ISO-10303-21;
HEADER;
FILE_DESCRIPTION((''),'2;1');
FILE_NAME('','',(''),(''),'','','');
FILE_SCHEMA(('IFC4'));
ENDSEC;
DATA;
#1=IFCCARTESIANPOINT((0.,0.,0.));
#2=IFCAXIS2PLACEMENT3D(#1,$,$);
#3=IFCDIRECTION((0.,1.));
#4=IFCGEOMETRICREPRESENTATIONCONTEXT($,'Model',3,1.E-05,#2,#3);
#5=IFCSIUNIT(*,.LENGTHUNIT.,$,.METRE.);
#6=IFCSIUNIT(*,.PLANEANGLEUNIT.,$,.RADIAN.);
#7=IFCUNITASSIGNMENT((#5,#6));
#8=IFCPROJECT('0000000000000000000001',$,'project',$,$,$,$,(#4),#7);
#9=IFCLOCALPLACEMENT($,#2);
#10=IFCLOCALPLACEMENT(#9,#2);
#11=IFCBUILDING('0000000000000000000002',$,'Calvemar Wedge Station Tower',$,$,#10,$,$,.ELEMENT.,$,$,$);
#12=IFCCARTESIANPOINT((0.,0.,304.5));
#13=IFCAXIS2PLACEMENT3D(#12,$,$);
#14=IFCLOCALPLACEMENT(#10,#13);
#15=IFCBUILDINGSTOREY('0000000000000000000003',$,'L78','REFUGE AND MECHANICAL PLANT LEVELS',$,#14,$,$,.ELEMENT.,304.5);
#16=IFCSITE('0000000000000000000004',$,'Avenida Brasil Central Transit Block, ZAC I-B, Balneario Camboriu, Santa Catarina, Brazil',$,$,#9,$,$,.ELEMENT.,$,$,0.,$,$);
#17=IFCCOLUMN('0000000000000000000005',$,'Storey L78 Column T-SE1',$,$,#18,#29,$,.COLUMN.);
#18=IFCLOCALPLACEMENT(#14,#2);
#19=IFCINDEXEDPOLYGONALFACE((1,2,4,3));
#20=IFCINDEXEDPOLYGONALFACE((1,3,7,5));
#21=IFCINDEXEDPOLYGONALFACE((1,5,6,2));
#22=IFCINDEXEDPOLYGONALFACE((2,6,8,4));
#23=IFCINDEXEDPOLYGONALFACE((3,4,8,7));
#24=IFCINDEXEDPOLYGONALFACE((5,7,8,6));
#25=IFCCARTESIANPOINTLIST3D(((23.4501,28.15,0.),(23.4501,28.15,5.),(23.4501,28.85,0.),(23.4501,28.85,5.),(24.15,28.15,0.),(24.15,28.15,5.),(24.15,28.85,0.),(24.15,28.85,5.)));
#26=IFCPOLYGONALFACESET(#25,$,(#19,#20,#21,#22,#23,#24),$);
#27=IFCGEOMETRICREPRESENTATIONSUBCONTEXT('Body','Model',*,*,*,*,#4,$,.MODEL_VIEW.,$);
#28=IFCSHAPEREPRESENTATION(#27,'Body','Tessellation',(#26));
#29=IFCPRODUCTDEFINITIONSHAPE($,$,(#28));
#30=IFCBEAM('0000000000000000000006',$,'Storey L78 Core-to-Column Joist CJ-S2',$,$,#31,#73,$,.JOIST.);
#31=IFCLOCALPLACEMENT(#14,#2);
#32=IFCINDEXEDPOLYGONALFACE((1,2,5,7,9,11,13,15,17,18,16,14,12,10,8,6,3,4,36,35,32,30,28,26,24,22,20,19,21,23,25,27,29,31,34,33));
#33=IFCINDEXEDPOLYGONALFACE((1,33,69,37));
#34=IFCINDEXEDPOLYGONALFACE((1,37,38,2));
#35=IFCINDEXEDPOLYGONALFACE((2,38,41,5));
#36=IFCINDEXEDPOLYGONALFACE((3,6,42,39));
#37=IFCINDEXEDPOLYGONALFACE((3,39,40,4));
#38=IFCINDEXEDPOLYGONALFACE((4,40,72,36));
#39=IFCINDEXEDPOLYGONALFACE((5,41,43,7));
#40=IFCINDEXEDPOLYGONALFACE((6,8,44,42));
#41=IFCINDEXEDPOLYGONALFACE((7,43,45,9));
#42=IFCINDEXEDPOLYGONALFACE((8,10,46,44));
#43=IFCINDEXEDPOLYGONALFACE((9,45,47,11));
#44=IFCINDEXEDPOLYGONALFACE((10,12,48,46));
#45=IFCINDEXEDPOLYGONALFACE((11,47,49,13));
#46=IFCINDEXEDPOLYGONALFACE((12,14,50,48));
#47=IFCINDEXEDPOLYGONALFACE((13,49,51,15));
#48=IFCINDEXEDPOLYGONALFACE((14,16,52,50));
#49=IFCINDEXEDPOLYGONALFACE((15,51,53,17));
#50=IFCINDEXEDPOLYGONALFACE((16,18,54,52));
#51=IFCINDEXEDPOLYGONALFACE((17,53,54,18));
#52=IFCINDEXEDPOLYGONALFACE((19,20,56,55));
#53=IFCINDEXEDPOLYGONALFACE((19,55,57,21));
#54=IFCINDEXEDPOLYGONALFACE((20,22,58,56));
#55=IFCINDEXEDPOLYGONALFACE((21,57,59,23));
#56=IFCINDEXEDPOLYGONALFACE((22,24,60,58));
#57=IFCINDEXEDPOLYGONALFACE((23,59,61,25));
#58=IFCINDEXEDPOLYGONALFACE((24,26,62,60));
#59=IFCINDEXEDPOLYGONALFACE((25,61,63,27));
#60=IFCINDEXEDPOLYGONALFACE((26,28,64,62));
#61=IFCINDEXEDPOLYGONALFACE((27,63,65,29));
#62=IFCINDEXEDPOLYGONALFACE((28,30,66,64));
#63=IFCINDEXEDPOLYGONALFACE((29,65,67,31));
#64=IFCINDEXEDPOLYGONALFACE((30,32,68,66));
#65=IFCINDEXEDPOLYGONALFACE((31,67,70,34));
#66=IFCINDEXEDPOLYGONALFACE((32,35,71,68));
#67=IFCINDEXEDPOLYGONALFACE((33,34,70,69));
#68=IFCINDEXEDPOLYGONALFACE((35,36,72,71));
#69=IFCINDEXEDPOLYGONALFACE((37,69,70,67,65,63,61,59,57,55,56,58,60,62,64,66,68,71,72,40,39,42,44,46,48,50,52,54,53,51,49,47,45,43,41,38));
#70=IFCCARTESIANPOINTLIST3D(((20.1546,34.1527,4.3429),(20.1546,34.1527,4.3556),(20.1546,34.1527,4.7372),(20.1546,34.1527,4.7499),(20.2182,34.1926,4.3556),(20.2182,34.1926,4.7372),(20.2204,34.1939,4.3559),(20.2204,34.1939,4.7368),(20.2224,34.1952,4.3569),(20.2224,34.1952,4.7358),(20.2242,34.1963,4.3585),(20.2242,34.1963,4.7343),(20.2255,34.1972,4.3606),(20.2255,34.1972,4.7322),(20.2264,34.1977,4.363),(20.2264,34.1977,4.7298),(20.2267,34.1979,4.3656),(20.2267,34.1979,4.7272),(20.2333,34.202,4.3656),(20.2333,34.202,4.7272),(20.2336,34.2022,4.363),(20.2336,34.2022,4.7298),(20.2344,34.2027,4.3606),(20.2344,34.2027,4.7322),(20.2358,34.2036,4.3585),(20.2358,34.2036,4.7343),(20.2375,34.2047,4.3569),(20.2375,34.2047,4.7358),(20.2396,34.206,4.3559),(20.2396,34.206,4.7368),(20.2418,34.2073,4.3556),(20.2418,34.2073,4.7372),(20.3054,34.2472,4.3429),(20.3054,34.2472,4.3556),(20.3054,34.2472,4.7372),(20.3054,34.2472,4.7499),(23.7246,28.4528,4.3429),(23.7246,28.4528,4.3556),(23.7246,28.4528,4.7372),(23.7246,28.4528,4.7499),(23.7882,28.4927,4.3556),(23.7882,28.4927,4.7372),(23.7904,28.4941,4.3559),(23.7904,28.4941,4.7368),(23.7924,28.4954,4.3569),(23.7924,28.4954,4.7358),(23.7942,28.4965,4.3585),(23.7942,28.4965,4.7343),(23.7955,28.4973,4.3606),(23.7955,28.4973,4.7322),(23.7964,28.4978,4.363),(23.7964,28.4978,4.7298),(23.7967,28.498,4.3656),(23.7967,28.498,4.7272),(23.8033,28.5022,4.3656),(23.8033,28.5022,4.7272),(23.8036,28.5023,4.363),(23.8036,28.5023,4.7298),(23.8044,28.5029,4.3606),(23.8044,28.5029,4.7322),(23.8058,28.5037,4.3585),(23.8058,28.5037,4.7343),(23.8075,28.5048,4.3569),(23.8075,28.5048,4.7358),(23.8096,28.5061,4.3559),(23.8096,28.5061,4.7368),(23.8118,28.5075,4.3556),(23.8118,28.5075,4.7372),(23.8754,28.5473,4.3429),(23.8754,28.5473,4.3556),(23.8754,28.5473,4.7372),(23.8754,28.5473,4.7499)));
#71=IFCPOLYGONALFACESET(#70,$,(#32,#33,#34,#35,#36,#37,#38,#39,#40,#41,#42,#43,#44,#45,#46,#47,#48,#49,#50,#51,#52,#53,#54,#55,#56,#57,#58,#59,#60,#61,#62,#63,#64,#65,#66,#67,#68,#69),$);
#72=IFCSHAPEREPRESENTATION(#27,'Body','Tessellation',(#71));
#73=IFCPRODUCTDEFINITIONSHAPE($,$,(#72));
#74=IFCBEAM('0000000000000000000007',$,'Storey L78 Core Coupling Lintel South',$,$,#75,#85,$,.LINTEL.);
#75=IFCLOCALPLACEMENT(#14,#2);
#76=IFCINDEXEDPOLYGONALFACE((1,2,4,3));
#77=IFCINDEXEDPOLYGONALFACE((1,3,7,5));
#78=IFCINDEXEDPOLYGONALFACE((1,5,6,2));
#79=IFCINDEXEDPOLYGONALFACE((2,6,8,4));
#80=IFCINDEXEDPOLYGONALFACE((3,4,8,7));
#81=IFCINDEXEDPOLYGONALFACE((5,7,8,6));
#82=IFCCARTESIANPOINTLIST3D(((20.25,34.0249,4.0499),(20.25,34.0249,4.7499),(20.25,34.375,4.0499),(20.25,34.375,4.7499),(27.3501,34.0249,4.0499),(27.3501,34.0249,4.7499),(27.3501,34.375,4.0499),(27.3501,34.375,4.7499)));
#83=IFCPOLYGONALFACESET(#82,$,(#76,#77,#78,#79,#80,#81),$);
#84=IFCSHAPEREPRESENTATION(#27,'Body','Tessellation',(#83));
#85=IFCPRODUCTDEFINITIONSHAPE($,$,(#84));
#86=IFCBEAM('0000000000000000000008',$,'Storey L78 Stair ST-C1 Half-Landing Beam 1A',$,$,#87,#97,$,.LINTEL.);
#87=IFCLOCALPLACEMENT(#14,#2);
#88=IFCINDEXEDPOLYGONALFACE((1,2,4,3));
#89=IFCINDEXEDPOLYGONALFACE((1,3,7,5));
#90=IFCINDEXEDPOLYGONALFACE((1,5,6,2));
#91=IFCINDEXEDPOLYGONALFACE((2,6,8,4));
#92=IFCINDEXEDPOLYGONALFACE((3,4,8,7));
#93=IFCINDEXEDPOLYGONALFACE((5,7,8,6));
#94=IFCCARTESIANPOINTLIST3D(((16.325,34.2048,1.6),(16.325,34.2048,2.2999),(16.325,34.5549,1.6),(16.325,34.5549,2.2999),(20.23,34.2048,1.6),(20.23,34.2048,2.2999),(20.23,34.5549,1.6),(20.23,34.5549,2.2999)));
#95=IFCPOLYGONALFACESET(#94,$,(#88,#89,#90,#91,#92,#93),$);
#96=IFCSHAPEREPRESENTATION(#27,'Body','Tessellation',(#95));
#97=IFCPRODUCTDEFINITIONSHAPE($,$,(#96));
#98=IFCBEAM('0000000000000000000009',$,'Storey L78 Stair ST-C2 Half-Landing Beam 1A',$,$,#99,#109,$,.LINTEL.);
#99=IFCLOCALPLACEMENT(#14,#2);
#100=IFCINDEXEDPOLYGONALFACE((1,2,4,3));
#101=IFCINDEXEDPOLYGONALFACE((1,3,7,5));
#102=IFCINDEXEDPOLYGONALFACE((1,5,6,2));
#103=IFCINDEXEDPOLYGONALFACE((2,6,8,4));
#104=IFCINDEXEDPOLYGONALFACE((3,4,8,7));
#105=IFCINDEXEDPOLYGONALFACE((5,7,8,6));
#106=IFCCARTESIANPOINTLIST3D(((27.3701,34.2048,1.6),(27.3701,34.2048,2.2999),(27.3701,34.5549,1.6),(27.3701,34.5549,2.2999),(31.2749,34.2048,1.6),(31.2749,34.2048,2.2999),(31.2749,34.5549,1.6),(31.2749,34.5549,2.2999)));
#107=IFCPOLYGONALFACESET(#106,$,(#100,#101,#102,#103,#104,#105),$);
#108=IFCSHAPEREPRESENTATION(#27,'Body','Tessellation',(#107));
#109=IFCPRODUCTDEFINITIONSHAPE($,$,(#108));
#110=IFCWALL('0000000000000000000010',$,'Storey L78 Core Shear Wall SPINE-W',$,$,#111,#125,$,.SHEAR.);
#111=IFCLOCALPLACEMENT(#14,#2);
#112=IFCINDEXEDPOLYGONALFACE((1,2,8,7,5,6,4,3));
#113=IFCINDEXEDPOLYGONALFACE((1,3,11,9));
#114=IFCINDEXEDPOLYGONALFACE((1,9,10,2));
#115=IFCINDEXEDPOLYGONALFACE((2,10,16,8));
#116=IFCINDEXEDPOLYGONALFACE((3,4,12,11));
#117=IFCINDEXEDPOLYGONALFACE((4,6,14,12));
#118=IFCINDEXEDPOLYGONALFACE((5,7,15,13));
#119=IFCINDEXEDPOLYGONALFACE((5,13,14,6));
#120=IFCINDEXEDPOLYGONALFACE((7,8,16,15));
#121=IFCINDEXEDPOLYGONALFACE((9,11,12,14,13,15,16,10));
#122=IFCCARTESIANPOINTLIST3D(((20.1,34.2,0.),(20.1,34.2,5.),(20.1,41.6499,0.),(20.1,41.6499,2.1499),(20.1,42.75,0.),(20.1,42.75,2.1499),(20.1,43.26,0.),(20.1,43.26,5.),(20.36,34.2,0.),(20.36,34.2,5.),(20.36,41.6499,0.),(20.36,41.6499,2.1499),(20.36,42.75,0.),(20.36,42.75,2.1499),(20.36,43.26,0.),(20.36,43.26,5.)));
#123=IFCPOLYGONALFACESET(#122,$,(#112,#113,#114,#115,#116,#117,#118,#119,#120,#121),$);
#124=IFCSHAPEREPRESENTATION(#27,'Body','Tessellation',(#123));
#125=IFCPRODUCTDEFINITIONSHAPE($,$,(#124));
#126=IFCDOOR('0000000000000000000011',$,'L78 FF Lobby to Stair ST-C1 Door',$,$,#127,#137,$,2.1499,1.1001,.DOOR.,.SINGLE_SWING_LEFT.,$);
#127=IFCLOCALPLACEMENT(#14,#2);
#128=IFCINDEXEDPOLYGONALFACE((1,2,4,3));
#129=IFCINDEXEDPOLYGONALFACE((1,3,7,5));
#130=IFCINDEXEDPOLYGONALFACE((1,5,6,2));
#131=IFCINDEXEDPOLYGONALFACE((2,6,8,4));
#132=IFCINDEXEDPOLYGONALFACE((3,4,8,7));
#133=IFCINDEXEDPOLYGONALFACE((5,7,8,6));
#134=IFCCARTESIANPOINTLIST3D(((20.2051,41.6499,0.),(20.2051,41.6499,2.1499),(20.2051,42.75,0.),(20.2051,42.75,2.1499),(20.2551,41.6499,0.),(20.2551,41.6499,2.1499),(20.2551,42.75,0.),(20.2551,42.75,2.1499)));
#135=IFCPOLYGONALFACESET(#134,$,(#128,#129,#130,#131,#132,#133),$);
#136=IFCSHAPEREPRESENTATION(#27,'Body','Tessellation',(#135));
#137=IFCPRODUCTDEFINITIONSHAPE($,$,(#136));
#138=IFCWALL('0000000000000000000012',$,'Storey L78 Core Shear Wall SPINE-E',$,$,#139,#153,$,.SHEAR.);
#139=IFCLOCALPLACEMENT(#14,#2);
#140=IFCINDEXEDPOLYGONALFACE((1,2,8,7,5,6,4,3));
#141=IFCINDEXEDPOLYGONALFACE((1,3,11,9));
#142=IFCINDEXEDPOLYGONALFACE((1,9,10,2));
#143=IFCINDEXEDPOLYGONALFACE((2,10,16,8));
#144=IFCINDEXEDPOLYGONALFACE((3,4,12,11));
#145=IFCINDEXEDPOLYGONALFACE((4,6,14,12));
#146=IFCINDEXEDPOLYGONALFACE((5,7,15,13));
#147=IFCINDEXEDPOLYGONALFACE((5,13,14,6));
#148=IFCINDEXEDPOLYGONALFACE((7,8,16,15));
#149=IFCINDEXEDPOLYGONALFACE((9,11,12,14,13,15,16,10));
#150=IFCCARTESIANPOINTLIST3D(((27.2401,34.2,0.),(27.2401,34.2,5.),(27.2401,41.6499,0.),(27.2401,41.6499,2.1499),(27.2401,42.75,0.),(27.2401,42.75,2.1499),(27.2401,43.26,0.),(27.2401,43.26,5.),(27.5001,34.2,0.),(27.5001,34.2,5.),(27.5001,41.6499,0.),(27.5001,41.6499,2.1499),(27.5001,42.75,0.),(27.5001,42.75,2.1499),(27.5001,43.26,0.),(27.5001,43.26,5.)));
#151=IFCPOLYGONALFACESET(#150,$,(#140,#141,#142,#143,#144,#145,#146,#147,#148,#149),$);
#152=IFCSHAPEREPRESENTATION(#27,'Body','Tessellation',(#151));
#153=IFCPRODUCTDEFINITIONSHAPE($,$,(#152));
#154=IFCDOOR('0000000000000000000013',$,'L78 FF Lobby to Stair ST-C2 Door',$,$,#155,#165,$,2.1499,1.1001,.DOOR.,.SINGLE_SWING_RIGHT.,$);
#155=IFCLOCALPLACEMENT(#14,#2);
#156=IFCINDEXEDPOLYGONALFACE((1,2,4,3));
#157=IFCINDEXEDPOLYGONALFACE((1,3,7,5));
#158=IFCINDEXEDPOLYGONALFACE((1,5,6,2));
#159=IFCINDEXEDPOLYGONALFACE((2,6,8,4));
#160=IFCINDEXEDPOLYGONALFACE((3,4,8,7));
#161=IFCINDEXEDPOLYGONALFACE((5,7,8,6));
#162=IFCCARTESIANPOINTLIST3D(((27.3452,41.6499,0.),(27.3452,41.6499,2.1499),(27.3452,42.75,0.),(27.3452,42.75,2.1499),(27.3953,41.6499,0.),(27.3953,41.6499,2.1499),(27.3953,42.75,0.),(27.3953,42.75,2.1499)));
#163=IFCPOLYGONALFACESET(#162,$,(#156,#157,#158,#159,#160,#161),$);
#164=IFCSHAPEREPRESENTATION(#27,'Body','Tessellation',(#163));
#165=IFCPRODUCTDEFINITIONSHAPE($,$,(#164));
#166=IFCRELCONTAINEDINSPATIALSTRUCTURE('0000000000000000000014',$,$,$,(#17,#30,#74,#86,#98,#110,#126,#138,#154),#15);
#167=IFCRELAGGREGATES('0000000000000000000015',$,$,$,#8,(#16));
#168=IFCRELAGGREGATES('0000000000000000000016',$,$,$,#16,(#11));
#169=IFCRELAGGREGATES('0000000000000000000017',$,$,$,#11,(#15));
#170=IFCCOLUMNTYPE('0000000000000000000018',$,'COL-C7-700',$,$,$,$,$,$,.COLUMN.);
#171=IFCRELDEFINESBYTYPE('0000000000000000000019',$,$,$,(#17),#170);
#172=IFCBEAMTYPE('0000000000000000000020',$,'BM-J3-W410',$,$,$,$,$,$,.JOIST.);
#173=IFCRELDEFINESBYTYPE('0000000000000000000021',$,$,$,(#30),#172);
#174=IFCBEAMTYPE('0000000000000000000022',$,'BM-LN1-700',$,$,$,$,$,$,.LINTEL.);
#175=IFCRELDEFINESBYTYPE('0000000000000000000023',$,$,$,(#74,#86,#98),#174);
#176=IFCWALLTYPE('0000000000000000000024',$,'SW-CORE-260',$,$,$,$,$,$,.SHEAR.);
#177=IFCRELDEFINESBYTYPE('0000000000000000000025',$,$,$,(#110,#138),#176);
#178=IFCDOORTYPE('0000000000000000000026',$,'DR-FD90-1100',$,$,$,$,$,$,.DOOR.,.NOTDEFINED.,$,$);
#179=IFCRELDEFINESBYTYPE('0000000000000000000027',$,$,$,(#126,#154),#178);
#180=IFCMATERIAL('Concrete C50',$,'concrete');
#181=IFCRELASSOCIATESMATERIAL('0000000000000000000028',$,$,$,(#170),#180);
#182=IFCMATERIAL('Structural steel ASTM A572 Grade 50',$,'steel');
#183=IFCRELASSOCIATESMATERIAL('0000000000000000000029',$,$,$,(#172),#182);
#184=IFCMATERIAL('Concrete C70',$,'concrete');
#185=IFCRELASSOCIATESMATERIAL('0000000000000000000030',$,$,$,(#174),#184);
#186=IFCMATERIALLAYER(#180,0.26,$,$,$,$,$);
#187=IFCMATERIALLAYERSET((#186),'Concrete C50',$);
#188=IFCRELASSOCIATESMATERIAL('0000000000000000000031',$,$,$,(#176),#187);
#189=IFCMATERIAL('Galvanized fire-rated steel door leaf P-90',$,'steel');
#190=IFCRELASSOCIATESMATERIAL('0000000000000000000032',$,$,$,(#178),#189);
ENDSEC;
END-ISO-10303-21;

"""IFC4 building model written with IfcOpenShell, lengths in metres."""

from ifc_helpers import new_model, si_unit, direction, frame, frame_2d, origin, origin_2d, place, context, subcontext, project, spatial, rectangle, i_section, extrude, source, transform, mapped, material, layer, layer_set, material_profile, profile_set, type_object, element, fill, save


model = new_model("IFC4")

# Units and contexts
model_context = context("Model", 3, precision=1e-05, world=origin(), true_north=direction((0.0, 1.0)))
body_context = subcontext(model_context, "Body", "Model", "MODEL_VIEW")
ifc_project = project(units=[si_unit("LENGTHUNIT", "METRE"), si_unit("PLANEANGLEUNIT", "RADIAN")], contexts=[model_context])

# Site, building, storey
site_placement = place(None, origin())
site = spatial("IfcSite", under=ifc_project, at=site_placement, Name="Avenida Brasil Central Transit Block, ZAC I-B, Balneario Camboriu, Santa Catarina, Brazil", CompositionType="ELEMENT", RefElevation=0.0)
building_placement = place(site_placement, origin())
building = spatial("IfcBuilding", under=site, at=building_placement, Name="Calvemar Wedge Station Tower", CompositionType="ELEMENT")
storey_placement = place(building_placement, frame((0.0, 0.0, 304.5)))
storey = spatial("IfcBuildingStorey", under=building, at=storey_placement, Name="L78", Description="REFUGE AND MECHANICAL PLANT LEVELS", CompositionType="ELEMENT", Elevation=304.5)

# Column
ifc_material_1 = material(Name="Concrete C50", Category="concrete")
ifc_material_profile_1 = material_profile(ifc_material_1, rectangle(XDim=0.7, YDim=0.7, at=origin_2d()), Name="RC700x700")
ifc_profile_set_1 = profile_set([ifc_material_profile_1], Name="Concrete C50")
column_type = type_object("IfcColumnType", Name="COL-C7-700", PredefinedType="COLUMN", material=ifc_profile_set_1)
shared_shape_1 = source(origin(), body_context, "Body", "SweptSolid", [
    extrude(rectangle(XDim=0.7, YDim=0.7, at=origin_2d()), origin(), (0.0, 0.0, 1.0), 5.0),
])
column_placement = place(storey_placement, frame((23.8, 28.5, 0.0), z_axis=(0.0, 0.0, 1.0), x_axis=(1.0, 0.0, 0.0)))
element("IfcColumn", 1, at=column_placement, inside=storey, type_object=column_type, Name="Storey L78 Column T-SE1", PredefinedType="COLUMN", context=body_context, shape_type="MappedRepresentation", body=[
    mapped(shared_shape_1, transform((0.0, 0.0, 0.0), scale=1.0)),
])

# Beams
ifc_material_2 = material(Name="Structural steel ASTM A572 Grade 50", Category="steel")
ifc_material_profile_2 = material_profile(ifc_material_2, i_section(OverallWidth=0.178, OverallDepth=0.407, WebThickness=0.0078, FlangeThickness=0.0127, FilletRadius=0.01, at=origin_2d()), Name="W410x60")
ifc_profile_set_2 = profile_set([ifc_material_profile_2], Name="Structural steel ASTM A572 Grade 50")
beam_type_1 = type_object("IfcBeamType", Name="BM-J3-W410", PredefinedType="JOIST", material=ifc_profile_set_2)
shared_shape_2 = source(origin(), body_context, "Body", "SweptSolid", [
    extrude(i_section(OverallWidth=0.178, OverallDepth=0.407, WebThickness=0.0078, FlangeThickness=0.0127, FilletRadius=0.01, at=origin_2d()), origin(), (0.0, 0.0, 1.0), 6.7256),
])
beam_1_placement = place(storey_placement, frame((20.23, 34.2, 4.5464), z_axis=(0.530811, -0.84749, 0.0), x_axis=(0.84749, 0.530811, 0.0)))
element("IfcBeam", 2, at=beam_1_placement, inside=storey, type_object=beam_type_1, Name="Storey L78 Core-to-Column Joist CJ-S2", PredefinedType="JOIST", context=body_context, shape_type="MappedRepresentation", body=[
    mapped(shared_shape_2, transform((0.0, 0.0, 0.0), scale=1.0)),
])
ifc_material_3 = material(Name="Concrete C70", Category="concrete")
ifc_material_profile_3 = material_profile(ifc_material_3, rectangle(XDim=0.3501, YDim=0.7, at=origin_2d()), Name="RC350x700")
ifc_profile_set_3 = profile_set([ifc_material_profile_3], Name="Concrete C70")
beam_type_2 = type_object("IfcBeamType", Name="BM-LN1-700", PredefinedType="LINTEL", material=ifc_profile_set_3)
shared_shape_3 = source(origin(), body_context, "Body", "SweptSolid", [
    extrude(rectangle(XDim=0.3501, YDim=0.7, at=origin_2d()), origin(), (0.0, 0.0, 1.0), 7.1001),
])
beam_2_placement = place(storey_placement, frame((20.25, 34.2, 4.3999), z_axis=(1.0, 0.0, 0.0), x_axis=(0.0, 1.0, 0.0)))
element("IfcBeam", 3, at=beam_2_placement, inside=storey, type_object=beam_type_2, Name="Storey L78 Core Coupling Lintel South", PredefinedType="LINTEL", context=body_context, shape_type="MappedRepresentation", body=[
    mapped(shared_shape_3, transform((0.0, 0.0, 0.0), scale=1.0)),
])
shared_shape_4 = source(origin(), body_context, "Body", "SweptSolid", [
    extrude(rectangle(XDim=0.3501, YDim=0.7, at=origin_2d()), origin(), (0.0, 0.0, 1.0), 3.905),
])
beam_3_placement = place(storey_placement, frame((16.325, 34.3799, 1.95), z_axis=(1.0, 0.0, 0.0), x_axis=(0.0, 1.0, 0.0)))
element("IfcBeam", 4, at=beam_3_placement, inside=storey, type_object=beam_type_2, Name="Storey L78 Stair ST-C1 Half-Landing Beam 1A", PredefinedType="LINTEL", context=body_context, shape_type="MappedRepresentation", body=[
    mapped(shared_shape_4, transform((0.0, 0.0, 0.0), scale=1.0)),
])
shared_shape_5 = source(origin(), body_context, "Body", "SweptSolid", [
    extrude(rectangle(XDim=0.3501, YDim=0.7, at=origin_2d()), origin(), (0.0, 0.0, 1.0), 3.9048),
])
beam_4_placement = place(storey_placement, frame((27.3701, 34.3799, 1.95), z_axis=(1.0, 0.0, 0.0), x_axis=(0.0, 1.0, 0.0)))
element("IfcBeam", 5, at=beam_4_placement, inside=storey, type_object=beam_type_2, Name="Storey L78 Stair ST-C2 Half-Landing Beam 1A", PredefinedType="LINTEL", context=body_context, shape_type="MappedRepresentation", body=[
    mapped(shared_shape_5, transform((0.0, 0.0, 0.0), scale=1.0)),
])

# Walls, openings, doors
ifc_layer_1 = layer(ifc_material_1, 0.26)
ifc_layer_set_1 = layer_set([ifc_layer_1], Name="Concrete C50")
wall_type_1 = type_object("IfcWallType", Name="SW-CORE-260", PredefinedType="SHEAR", material=ifc_layer_set_1)
wall_1_placement = place(storey_placement, frame((20.23, 34.2, 0.0), z_axis=(0.0, 0.0, 1.0), x_axis=(0.0, 1.0, 0.0)))
wall_1 = element("IfcWall", 6, at=wall_1_placement, inside=storey, type_object=wall_type_1, Name="Storey L78 Core Shear Wall SPINE-W", PredefinedType="SHEAR", context=body_context, shape_type="SweptSolid", body=[
    extrude(rectangle(XDim=9.0601, YDim=0.26, at=frame_2d((4.53, 0.0))), origin(), (0.0, 0.0, 1.0), 5.0),
])
shared_shape_6 = source(origin(), body_context, "Body", "SweptSolid", [
    extrude(rectangle(XDim=1.1001, YDim=2.1499, at=frame_2d((0.55, 1.075))), frame((0.0, 0.1401, 0.0), z_axis=(0.0, -1.0, 0.0), x_axis=(1.0, 0.0, 0.0)), (0.0, 0.0, 1.0), 0.28),
])
opening_1_placement = place(wall_1_placement, frame((7.45, 0.0, 0.0)))
opening_1 = element("IfcOpeningElement", 7, at=opening_1_placement, cuts=wall_1, PredefinedType="OPENING", context=body_context, shape_type="MappedRepresentation", body=[
    mapped(shared_shape_6, transform((0.0, 0.0, 0.0), scale=1.0)),
])
ifc_material_4 = material(Name="Galvanized fire-rated steel door leaf P-90", Category="steel")
door_type = type_object("IfcDoorType", Name="DR-FD90-1100", OperationType="NOTDEFINED", PredefinedType="DOOR", material=ifc_material_4)
shared_shape_7 = source(origin(), body_context, "Body", "SweptSolid", [
    extrude(rectangle(XDim=1.1001, YDim=2.1499, at=frame_2d((0.55, 1.075))), frame((0.0, 0.0249, 0.0), z_axis=(0.0, -1.0, 0.0), x_axis=(1.0, 0.0, 0.0)), (0.0, 0.0, 1.0), 0.05),
])
door_1_placement = place(opening_1_placement, origin())
door_1 = element("IfcDoor", 8, at=door_1_placement, inside=storey, type_object=door_type, Name="L78 FF Lobby to Stair ST-C1 Door", OperationType="SINGLE_SWING_LEFT", OverallHeight=2.1499, OverallWidth=1.1001, PredefinedType="DOOR", context=body_context, shape_type="MappedRepresentation", body=[
    mapped(shared_shape_7, transform((0.0, 0.0, 0.0), scale=1.0)),
])
fill(opening_1, door_1)
wall_2_placement = place(storey_placement, frame((27.3701, 34.2, 0.0), z_axis=(0.0, 0.0, 1.0), x_axis=(0.0, 1.0, 0.0)))
wall_2 = element("IfcWall", 9, at=wall_2_placement, inside=storey, type_object=wall_type_1, Name="Storey L78 Core Shear Wall SPINE-E", PredefinedType="SHEAR", context=body_context, shape_type="SweptSolid", body=[
    extrude(rectangle(XDim=9.0601, YDim=0.26, at=frame_2d((4.53, 0.0))), origin(), (0.0, 0.0, 1.0), 5.0),
])
opening_2_placement = place(wall_2_placement, frame((7.45, 0.0, 0.0)))
opening_2 = element("IfcOpeningElement", 10, at=opening_2_placement, cuts=wall_2, PredefinedType="OPENING", context=body_context, shape_type="MappedRepresentation", body=[
    mapped(shared_shape_6, transform((0.0, 0.0, 0.0), scale=1.0)),
])
door_2_placement = place(opening_2_placement, origin())
door_2 = element("IfcDoor", 11, at=door_2_placement, inside=storey, type_object=door_type, Name="L78 FF Lobby to Stair ST-C2 Door", OperationType="SINGLE_SWING_RIGHT", OverallHeight=2.1499, OverallWidth=1.1001, PredefinedType="DOOR", context=body_context, shape_type="MappedRepresentation", body=[
    mapped(shared_shape_7, transform((0.0, 0.0, 0.0), scale=1.0)),
])
fill(opening_2, door_2)

save(model, "model.ifc")
